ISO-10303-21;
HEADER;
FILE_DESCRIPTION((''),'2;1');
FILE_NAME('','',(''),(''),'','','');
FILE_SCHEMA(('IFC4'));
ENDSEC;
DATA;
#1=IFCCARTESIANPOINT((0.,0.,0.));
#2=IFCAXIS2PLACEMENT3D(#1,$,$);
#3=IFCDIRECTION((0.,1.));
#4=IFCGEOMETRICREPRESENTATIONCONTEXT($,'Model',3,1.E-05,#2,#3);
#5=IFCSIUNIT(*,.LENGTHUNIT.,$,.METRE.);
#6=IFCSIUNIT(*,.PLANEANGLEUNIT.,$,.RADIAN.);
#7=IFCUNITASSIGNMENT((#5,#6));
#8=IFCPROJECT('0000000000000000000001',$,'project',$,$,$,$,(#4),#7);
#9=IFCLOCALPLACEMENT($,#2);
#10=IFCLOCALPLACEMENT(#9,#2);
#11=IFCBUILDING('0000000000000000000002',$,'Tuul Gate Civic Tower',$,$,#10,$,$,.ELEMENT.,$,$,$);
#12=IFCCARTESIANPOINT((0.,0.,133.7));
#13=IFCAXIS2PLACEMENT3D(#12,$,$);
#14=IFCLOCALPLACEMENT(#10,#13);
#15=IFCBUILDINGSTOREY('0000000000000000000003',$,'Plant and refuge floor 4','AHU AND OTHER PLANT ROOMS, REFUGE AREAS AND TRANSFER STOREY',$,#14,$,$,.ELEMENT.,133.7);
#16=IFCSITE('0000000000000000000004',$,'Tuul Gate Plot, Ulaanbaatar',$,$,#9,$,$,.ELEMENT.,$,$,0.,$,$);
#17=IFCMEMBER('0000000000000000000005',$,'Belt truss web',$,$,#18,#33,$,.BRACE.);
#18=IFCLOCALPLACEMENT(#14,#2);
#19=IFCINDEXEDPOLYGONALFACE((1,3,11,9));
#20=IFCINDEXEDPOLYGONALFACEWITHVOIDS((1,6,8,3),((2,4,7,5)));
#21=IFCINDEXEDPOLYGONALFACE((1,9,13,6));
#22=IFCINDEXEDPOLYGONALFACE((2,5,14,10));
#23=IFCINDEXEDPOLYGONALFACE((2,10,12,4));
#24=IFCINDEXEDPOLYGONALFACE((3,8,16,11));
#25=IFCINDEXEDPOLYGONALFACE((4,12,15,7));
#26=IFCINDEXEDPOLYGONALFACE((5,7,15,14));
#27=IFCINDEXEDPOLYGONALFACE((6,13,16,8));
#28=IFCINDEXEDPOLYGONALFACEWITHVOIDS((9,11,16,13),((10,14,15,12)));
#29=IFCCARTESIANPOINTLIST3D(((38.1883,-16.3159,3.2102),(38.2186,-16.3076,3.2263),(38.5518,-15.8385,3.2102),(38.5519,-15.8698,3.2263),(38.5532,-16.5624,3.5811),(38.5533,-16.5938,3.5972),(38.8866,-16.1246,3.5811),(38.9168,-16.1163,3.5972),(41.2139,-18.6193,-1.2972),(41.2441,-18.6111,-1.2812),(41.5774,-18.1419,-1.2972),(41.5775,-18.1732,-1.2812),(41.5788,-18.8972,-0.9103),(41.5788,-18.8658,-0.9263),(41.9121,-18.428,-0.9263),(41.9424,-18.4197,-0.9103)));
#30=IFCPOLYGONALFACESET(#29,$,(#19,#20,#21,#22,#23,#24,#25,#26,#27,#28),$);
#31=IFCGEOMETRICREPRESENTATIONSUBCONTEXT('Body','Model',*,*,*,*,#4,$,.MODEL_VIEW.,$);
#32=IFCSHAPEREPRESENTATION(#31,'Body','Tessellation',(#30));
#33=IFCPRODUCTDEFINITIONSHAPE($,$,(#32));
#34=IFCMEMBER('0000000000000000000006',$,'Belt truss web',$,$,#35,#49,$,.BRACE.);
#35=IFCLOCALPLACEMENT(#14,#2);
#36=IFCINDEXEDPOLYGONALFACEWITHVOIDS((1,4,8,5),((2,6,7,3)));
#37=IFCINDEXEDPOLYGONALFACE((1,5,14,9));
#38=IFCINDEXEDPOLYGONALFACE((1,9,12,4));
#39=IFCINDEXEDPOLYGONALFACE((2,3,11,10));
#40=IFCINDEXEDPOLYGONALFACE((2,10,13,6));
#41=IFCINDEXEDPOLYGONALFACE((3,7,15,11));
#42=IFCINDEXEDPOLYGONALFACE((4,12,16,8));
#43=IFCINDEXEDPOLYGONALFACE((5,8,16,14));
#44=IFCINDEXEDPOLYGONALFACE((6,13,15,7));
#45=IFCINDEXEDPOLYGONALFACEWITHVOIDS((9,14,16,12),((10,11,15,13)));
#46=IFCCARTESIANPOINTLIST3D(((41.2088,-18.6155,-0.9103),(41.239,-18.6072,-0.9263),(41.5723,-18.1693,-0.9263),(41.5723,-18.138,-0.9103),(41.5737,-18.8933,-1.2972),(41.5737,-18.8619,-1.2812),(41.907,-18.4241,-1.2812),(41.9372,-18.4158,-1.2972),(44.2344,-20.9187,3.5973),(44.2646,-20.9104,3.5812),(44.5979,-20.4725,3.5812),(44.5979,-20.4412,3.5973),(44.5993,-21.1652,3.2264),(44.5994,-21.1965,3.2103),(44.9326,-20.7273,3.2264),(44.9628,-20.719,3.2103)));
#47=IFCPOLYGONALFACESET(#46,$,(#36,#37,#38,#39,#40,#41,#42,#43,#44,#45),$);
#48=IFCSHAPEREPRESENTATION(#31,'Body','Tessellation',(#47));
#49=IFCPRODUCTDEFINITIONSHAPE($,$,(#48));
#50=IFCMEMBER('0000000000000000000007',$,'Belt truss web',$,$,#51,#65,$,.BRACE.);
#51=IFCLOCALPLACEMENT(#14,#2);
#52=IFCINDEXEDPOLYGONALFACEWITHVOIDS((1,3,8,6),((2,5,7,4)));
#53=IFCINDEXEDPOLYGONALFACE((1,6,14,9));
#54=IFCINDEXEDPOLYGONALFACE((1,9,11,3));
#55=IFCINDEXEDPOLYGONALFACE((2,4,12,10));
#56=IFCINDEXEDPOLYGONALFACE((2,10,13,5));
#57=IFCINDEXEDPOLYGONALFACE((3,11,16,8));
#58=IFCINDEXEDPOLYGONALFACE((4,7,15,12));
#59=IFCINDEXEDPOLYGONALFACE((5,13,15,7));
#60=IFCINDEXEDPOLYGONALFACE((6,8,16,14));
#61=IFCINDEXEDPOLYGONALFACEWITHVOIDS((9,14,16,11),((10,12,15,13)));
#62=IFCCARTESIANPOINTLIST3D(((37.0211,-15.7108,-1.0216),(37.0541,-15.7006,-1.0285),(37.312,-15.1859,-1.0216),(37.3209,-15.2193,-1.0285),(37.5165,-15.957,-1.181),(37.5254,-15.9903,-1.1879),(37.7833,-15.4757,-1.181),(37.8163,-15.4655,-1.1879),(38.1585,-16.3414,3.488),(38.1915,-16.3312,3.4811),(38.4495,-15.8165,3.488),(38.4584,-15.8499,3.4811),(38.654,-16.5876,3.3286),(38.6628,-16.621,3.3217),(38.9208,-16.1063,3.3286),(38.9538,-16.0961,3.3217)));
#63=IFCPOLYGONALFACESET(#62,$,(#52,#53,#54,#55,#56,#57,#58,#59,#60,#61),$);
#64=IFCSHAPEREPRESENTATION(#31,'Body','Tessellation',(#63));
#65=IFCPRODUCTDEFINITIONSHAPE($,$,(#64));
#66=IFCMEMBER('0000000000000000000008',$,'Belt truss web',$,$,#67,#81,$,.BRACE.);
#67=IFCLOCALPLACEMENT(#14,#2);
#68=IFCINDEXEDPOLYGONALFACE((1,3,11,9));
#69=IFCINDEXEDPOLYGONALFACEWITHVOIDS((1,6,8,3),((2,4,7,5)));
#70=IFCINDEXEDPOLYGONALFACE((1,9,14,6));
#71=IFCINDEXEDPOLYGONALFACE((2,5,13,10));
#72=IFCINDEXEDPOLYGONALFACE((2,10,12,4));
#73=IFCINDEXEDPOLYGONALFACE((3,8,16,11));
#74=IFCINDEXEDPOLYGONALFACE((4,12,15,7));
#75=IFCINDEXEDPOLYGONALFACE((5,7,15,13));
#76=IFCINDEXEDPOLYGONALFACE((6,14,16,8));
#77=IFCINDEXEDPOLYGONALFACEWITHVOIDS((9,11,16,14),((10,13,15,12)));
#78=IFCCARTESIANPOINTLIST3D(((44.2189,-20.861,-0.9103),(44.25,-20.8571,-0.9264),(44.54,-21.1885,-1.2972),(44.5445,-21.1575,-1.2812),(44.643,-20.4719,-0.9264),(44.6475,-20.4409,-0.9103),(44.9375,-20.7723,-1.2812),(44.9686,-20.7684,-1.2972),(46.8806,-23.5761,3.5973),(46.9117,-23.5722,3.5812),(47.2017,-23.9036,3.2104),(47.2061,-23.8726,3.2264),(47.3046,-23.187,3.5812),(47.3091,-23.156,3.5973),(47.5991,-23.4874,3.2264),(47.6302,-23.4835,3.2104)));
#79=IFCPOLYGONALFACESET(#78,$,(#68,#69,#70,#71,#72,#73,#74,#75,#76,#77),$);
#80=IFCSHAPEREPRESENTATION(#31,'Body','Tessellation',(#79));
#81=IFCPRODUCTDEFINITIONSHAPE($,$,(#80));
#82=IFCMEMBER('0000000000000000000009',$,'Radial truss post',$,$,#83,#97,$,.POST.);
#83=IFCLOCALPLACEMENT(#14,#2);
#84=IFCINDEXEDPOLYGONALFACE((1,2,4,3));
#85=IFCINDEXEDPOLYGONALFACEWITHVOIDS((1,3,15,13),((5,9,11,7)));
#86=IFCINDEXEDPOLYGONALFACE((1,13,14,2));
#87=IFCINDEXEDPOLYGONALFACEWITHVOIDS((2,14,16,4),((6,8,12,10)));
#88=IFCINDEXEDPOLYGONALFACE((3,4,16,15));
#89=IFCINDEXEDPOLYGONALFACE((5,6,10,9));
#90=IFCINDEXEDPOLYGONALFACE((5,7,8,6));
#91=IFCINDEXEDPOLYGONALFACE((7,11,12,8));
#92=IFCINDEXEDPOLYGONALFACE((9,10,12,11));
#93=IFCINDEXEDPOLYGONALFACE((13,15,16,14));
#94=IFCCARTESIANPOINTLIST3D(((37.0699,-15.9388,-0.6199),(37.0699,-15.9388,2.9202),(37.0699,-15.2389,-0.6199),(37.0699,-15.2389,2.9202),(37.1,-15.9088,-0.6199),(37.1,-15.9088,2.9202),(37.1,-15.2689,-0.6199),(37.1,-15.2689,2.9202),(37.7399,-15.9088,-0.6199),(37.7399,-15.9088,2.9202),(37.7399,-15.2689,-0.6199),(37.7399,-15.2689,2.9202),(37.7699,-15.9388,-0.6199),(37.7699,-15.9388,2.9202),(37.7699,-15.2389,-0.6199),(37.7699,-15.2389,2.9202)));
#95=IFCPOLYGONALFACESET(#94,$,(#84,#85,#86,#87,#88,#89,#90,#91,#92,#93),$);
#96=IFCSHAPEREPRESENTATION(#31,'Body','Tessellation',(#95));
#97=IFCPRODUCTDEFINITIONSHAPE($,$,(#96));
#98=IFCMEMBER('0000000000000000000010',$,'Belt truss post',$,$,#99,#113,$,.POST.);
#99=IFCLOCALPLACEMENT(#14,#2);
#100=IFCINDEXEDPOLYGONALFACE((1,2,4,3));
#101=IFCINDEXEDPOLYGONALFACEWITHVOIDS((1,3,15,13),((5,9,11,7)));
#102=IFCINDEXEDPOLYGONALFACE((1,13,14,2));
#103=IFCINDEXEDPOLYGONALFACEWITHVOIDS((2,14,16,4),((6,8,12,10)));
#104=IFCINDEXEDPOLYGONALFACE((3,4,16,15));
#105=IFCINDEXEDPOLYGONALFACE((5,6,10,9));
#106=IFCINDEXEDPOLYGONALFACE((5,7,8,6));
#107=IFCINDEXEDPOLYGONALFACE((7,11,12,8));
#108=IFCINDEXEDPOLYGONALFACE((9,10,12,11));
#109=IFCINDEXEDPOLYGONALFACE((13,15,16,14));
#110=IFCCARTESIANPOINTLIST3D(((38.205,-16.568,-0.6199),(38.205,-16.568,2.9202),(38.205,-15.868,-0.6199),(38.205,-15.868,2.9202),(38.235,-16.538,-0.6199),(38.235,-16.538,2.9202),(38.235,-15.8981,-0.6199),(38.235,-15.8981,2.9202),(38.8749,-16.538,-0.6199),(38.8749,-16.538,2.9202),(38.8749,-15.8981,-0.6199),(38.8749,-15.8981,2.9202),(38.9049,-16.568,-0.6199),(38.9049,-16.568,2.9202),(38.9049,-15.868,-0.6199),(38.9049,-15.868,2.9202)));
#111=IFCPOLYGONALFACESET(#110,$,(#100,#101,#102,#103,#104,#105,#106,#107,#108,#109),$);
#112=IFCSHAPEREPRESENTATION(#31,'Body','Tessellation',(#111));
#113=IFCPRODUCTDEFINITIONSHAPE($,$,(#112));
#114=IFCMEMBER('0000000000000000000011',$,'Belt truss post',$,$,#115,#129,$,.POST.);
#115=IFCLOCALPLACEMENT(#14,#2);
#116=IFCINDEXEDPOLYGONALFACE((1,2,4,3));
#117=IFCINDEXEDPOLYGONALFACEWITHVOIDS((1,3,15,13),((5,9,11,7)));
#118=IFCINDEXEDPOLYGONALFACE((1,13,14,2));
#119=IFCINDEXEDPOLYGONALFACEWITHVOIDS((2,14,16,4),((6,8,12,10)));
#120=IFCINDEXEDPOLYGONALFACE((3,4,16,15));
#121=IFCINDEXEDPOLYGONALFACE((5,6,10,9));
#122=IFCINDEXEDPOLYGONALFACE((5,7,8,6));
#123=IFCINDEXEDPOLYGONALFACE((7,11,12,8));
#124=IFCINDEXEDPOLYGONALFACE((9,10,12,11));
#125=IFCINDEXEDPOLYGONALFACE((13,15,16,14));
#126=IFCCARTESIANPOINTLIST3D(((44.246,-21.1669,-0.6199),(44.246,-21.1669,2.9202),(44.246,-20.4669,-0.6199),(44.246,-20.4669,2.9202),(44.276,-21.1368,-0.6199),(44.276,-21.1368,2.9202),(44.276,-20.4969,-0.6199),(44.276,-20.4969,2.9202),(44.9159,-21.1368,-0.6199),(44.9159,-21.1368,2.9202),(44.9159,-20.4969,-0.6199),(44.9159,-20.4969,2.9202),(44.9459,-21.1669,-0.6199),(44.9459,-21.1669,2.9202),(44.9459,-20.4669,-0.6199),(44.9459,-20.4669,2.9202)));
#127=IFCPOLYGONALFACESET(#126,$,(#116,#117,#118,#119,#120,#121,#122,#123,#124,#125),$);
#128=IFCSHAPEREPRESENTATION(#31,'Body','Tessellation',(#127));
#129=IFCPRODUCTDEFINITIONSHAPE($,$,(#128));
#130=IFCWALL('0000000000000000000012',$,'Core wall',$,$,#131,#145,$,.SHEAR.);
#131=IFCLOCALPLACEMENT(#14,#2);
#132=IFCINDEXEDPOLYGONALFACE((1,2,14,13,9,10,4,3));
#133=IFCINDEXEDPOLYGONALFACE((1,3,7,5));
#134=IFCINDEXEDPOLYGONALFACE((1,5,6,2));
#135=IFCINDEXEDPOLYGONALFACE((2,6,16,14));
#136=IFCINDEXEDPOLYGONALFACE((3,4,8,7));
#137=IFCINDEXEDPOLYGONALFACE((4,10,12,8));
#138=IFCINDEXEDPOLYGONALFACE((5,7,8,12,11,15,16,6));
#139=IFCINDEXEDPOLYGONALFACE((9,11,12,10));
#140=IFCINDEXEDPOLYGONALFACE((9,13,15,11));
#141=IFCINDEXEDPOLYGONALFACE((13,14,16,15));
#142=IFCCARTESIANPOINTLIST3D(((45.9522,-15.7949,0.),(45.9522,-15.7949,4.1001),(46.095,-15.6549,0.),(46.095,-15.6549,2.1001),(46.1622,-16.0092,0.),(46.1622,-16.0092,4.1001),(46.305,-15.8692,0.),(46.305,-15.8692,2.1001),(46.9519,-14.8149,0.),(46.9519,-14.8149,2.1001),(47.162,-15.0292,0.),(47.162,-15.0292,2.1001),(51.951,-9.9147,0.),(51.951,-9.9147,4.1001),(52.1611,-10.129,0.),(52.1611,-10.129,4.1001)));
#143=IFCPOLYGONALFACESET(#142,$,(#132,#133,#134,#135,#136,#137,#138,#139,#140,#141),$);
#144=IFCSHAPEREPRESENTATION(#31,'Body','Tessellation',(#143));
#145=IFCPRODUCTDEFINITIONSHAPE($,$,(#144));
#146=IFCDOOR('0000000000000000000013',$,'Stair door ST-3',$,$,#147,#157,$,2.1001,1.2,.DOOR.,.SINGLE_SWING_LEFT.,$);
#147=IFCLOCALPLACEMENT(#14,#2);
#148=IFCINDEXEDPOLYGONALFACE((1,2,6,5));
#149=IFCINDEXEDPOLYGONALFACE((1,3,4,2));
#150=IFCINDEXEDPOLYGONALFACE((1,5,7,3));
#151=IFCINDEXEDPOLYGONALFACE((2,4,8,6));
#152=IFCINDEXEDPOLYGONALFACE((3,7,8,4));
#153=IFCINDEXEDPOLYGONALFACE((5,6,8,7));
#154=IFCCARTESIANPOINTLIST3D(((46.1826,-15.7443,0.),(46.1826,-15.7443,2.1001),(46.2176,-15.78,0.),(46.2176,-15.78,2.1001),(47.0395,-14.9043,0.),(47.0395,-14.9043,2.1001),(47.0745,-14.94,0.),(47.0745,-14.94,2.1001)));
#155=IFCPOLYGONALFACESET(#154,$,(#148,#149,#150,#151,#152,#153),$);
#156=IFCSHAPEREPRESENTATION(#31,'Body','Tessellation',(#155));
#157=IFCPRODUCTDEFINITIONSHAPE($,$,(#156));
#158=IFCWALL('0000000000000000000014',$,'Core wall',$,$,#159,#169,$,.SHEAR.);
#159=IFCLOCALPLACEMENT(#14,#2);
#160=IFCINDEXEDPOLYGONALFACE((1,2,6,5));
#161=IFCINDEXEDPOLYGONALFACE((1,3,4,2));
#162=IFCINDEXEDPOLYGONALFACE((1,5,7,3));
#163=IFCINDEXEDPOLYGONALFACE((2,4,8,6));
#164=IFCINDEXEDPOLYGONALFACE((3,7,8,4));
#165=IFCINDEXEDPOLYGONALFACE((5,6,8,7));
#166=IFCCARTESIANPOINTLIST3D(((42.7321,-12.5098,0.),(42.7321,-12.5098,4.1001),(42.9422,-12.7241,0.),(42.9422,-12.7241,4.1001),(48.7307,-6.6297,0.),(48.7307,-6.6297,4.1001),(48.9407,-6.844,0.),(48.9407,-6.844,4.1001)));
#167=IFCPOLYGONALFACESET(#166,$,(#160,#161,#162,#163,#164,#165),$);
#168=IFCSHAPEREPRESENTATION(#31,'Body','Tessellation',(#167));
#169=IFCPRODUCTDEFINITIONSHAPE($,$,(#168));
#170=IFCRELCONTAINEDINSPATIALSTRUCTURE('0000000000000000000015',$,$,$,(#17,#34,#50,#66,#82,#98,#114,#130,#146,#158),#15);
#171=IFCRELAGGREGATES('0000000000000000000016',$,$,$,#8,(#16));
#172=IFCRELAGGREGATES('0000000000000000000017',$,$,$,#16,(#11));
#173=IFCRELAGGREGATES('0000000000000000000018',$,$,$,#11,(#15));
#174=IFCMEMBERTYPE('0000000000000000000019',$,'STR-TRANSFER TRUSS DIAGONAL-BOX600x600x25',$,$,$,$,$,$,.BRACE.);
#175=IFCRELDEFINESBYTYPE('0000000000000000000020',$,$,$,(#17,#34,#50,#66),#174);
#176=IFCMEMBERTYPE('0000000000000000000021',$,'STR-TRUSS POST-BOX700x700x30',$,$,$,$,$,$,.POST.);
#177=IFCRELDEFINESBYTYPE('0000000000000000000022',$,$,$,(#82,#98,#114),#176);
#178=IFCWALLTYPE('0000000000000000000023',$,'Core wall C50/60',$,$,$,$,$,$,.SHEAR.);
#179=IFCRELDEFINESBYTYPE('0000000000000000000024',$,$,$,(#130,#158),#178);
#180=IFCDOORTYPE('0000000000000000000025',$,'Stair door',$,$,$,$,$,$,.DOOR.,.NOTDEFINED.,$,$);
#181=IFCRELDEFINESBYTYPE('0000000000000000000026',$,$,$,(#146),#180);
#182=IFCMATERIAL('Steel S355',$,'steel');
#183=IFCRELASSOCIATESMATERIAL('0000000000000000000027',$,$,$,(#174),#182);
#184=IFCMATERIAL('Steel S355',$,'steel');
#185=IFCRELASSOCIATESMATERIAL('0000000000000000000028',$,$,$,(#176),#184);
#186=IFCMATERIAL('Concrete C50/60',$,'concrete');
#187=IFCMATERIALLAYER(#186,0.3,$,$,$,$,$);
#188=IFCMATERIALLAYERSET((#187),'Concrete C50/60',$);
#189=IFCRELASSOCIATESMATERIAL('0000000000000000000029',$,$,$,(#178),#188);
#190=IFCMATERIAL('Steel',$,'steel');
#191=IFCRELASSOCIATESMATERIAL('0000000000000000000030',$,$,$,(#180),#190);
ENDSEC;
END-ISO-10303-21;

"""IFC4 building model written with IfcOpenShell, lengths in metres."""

from ifc_helpers import new_model, si_unit, direction, frame, frame_2d, origin, origin_2d, place, context, subcontext, project, spatial, rectangle, hollow_rectangle, extrude, material, layer, layer_set, material_profile, profile_set, type_object, element, fill, save


model = new_model("IFC4")

# Units and contexts
model_context = context("Model", 3, precision=1e-05, world=origin(), true_north=direction((0.0, 1.0)))
body_context = subcontext(model_context, "Body", "Model", "MODEL_VIEW")
ifc_project = project(units=[si_unit("LENGTHUNIT", "METRE"), si_unit("PLANEANGLEUNIT", "RADIAN")], contexts=[model_context])

# Site, building, storey
site_placement = place(None, origin())
site = spatial("IfcSite", under=ifc_project, at=site_placement, Name="Tuul Gate Plot, Ulaanbaatar", CompositionType="ELEMENT", RefElevation=0.0)
building_placement = place(site_placement, origin())
building = spatial("IfcBuilding", under=site, at=building_placement, Name="Tuul Gate Civic Tower", CompositionType="ELEMENT")
storey_placement = place(building_placement, frame((0.0, 0.0, 133.7)))
storey = spatial("IfcBuildingStorey", under=building, at=storey_placement, Name="Plant and refuge floor 4", Description="AHU AND OTHER PLANT ROOMS, REFUGE AREAS AND TRANSFER STOREY", CompositionType="ELEMENT", Elevation=133.7)

# Members
ifc_material_1 = material(Name="Steel S355", Category="steel")
ifc_material_profile_1 = material_profile(ifc_material_1, hollow_rectangle(XDim=0.6001, YDim=0.6001, WallThickness=0.0249, at=origin_2d()), Name="BOX600x600x25")
ifc_profile_set_1 = profile_set([ifc_material_profile_1], Name="Steel S355")
member_type_1 = type_object("IfcMemberType", Name="STR-TRANSFER TRUSS DIAGONAL-BOX600x600x25", PredefinedType="BRACE", material=ifc_profile_set_1)
for number, where, z_axis, x_axis, name in (
    (1, (41.5781, -18.5195, -1.1038), (-0.513051, 0.390594, 0.764339), (-0.605747, -0.795657, 0.0), "Belt truss web"),
    (2, (41.573, -18.5156, -1.1038), (0.513059, -0.390559, 0.764352), (0.605707, 0.795688, 0.0), "Belt truss web"),
):
    element("IfcMember", number, at=place(storey_placement, frame(where, z_axis=z_axis, x_axis=x_axis)), inside=storey, type_object=member_type_1, Name=name, PredefinedType="BRACE", context=body_context, shape_type="SweptSolid", body=[
        extrude(hollow_rectangle(XDim=0.6001, YDim=0.6001, WallThickness=0.0249, at=origin_2d()), origin(), (0.0, 0.0, 1.0), 5.8972),
    ])
member_1_placement = place(storey_placement, frame((37.4187, -15.5881, -1.1047), z_axis=(0.242355, -0.134364, 0.960838), x_axis=(0.484878, 0.874582, 0.0)))
element("IfcMember", 3, at=member_1_placement, inside=storey, type_object=member_type_1, Name="Belt truss web", PredefinedType="BRACE", context=body_context, shape_type="SweptSolid", body=[
    extrude(hollow_rectangle(XDim=0.6001, YDim=0.6001, WallThickness=0.0249, at=origin_2d()), origin(), (0.0, 0.0, 1.0), 4.6934),
])
member_2_placement = place(storey_placement, frame((44.5938, -20.8147, -1.1038), z_axis=(0.451355, -0.460422, 0.764389), x_axis=(0.714103, 0.700041, 0.0)))
element("IfcMember", 4, at=member_2_placement, inside=storey, type_object=member_type_1, Name="Belt truss web", PredefinedType="BRACE", context=body_context, shape_type="SweptSolid", body=[
    extrude(hollow_rectangle(XDim=0.6001, YDim=0.6001, WallThickness=0.0249, at=origin_2d()), origin(), (0.0, 0.0, 1.0), 5.897),
])
ifc_material_2 = material(Name="Steel S355", Category="steel")
ifc_material_profile_2 = material_profile(ifc_material_2, hollow_rectangle(XDim=0.7, YDim=0.7, WallThickness=0.03, at=origin_2d()), Name="BOX700x700x30")
ifc_profile_set_2 = profile_set([ifc_material_profile_2], Name="Steel S355")
member_type_2 = type_object("IfcMemberType", Name="STR-TRUSS POST-BOX700x700x30", PredefinedType="POST", material=ifc_profile_set_2)
for number, where, z_axis, x_axis, name in (
    (5, (37.4199, -15.5889, -0.6199), (0.0, 0.0, 1.0), (1.0, 0.0, 0.0), "Radial truss post"),
    (6, (38.5549, -16.218, -0.6199), (0.0, 0.0, 1.0), (1.0, 0.0, 0.0), "Belt truss post"),
    (7, (44.5959, -20.8169, -0.6199), (0.0, 0.0, 1.0), (1.0, 0.0, 0.0), "Belt truss post"),
):
    element("IfcMember", number, at=place(storey_placement, frame(where, z_axis=z_axis, x_axis=x_axis)), inside=storey, type_object=member_type_2, Name=name, PredefinedType="POST", context=body_context, shape_type="SweptSolid", body=[
        extrude(hollow_rectangle(XDim=0.7, YDim=0.7, WallThickness=0.03, at=origin_2d()), origin(), (0.0, 0.0, 1.0), 3.54),
    ])

# Wall, opening, door
ifc_material_3 = material(Name="Concrete C50/60", Category="concrete")
ifc_layer_1 = layer(ifc_material_3, 0.3)
ifc_layer_set_1 = layer_set([ifc_layer_1], Name="Concrete C50/60")
wall_type_1 = type_object("IfcWallType", Name="Core wall C50/60", PredefinedType="SHEAR", material=ifc_layer_set_1)
wall_1_placement = place(storey_placement, frame((46.0571, -15.9021, 0.0), z_axis=(0.0, 0.0, 1.0), x_axis=(0.714134, 0.700009, 0.0)))
wall_1 = element("IfcWall", 8, at=wall_1_placement, inside=storey, type_object=wall_type_1, Name="Core wall", PredefinedType="SHEAR", context=body_context, shape_type="SweptSolid", body=[
    extrude(rectangle(XDim=8.4001, YDim=0.3, at=frame_2d((4.2002, 0.0))), origin(), (0.0, 0.0, 1.0), 4.1001),
])
opening_1_placement = place(wall_1_placement, frame((0.2, 0.0, 0.0)))
opening_1 = element("IfcOpeningElement", 9, at=opening_1_placement, cuts=wall_1, PredefinedType="OPENING", context=body_context, shape_type="SweptSolid", body=[
    extrude(rectangle(XDim=1.2, YDim=2.1001, at=frame_2d((0.6001, 1.05))), frame((0.0, 0.1602, 0.0), z_axis=(0.0, -1.0, 0.0), x_axis=(1.0, 0.0, 0.0)), (0.0, 0.0, 1.0), 0.3201),
])
ifc_material_4 = material(Name="Steel", Category="steel")
door_type_1 = type_object("IfcDoorType", Name="Stair door", OperationType="NOTDEFINED", PredefinedType="DOOR", material=ifc_material_4)
door_1_placement = place(opening_1_placement, origin())
door_1 = element("IfcDoor", 10, at=door_1_placement, inside=storey, type_object=door_type_1, Name="Stair door ST-3", OperationType="SINGLE_SWING_LEFT", OverallHeight=2.1001, OverallWidth=1.2, PredefinedType="DOOR", context=body_context, shape_type="SweptSolid", body=[
    extrude(rectangle(XDim=1.2, YDim=2.1001, at=frame_2d((0.6001, 1.05))), frame((0.0, 0.0249, 0.0), z_axis=(0.0, -1.0, 0.0), x_axis=(1.0, 0.0, 0.0)), (0.0, 0.0, 1.0), 0.05),
])
fill(opening_1, door_1)

# Wall
wall_2_placement = place(storey_placement, frame((42.8372, -12.6169, 0.0), z_axis=(0.0, 0.0, 1.0), x_axis=(0.71412, 0.700023, 0.0)))
element("IfcWall", 11, at=wall_2_placement, inside=storey, type_object=wall_type_1, Name="Core wall", PredefinedType="SHEAR", context=body_context, shape_type="SweptSolid", body=[
    extrude(rectangle(XDim=8.3999, YDim=0.3, at=frame_2d((4.2, 0.0))), origin(), (0.0, 0.0, 1.0), 4.1001),
])

save(model, "model.ifc")
